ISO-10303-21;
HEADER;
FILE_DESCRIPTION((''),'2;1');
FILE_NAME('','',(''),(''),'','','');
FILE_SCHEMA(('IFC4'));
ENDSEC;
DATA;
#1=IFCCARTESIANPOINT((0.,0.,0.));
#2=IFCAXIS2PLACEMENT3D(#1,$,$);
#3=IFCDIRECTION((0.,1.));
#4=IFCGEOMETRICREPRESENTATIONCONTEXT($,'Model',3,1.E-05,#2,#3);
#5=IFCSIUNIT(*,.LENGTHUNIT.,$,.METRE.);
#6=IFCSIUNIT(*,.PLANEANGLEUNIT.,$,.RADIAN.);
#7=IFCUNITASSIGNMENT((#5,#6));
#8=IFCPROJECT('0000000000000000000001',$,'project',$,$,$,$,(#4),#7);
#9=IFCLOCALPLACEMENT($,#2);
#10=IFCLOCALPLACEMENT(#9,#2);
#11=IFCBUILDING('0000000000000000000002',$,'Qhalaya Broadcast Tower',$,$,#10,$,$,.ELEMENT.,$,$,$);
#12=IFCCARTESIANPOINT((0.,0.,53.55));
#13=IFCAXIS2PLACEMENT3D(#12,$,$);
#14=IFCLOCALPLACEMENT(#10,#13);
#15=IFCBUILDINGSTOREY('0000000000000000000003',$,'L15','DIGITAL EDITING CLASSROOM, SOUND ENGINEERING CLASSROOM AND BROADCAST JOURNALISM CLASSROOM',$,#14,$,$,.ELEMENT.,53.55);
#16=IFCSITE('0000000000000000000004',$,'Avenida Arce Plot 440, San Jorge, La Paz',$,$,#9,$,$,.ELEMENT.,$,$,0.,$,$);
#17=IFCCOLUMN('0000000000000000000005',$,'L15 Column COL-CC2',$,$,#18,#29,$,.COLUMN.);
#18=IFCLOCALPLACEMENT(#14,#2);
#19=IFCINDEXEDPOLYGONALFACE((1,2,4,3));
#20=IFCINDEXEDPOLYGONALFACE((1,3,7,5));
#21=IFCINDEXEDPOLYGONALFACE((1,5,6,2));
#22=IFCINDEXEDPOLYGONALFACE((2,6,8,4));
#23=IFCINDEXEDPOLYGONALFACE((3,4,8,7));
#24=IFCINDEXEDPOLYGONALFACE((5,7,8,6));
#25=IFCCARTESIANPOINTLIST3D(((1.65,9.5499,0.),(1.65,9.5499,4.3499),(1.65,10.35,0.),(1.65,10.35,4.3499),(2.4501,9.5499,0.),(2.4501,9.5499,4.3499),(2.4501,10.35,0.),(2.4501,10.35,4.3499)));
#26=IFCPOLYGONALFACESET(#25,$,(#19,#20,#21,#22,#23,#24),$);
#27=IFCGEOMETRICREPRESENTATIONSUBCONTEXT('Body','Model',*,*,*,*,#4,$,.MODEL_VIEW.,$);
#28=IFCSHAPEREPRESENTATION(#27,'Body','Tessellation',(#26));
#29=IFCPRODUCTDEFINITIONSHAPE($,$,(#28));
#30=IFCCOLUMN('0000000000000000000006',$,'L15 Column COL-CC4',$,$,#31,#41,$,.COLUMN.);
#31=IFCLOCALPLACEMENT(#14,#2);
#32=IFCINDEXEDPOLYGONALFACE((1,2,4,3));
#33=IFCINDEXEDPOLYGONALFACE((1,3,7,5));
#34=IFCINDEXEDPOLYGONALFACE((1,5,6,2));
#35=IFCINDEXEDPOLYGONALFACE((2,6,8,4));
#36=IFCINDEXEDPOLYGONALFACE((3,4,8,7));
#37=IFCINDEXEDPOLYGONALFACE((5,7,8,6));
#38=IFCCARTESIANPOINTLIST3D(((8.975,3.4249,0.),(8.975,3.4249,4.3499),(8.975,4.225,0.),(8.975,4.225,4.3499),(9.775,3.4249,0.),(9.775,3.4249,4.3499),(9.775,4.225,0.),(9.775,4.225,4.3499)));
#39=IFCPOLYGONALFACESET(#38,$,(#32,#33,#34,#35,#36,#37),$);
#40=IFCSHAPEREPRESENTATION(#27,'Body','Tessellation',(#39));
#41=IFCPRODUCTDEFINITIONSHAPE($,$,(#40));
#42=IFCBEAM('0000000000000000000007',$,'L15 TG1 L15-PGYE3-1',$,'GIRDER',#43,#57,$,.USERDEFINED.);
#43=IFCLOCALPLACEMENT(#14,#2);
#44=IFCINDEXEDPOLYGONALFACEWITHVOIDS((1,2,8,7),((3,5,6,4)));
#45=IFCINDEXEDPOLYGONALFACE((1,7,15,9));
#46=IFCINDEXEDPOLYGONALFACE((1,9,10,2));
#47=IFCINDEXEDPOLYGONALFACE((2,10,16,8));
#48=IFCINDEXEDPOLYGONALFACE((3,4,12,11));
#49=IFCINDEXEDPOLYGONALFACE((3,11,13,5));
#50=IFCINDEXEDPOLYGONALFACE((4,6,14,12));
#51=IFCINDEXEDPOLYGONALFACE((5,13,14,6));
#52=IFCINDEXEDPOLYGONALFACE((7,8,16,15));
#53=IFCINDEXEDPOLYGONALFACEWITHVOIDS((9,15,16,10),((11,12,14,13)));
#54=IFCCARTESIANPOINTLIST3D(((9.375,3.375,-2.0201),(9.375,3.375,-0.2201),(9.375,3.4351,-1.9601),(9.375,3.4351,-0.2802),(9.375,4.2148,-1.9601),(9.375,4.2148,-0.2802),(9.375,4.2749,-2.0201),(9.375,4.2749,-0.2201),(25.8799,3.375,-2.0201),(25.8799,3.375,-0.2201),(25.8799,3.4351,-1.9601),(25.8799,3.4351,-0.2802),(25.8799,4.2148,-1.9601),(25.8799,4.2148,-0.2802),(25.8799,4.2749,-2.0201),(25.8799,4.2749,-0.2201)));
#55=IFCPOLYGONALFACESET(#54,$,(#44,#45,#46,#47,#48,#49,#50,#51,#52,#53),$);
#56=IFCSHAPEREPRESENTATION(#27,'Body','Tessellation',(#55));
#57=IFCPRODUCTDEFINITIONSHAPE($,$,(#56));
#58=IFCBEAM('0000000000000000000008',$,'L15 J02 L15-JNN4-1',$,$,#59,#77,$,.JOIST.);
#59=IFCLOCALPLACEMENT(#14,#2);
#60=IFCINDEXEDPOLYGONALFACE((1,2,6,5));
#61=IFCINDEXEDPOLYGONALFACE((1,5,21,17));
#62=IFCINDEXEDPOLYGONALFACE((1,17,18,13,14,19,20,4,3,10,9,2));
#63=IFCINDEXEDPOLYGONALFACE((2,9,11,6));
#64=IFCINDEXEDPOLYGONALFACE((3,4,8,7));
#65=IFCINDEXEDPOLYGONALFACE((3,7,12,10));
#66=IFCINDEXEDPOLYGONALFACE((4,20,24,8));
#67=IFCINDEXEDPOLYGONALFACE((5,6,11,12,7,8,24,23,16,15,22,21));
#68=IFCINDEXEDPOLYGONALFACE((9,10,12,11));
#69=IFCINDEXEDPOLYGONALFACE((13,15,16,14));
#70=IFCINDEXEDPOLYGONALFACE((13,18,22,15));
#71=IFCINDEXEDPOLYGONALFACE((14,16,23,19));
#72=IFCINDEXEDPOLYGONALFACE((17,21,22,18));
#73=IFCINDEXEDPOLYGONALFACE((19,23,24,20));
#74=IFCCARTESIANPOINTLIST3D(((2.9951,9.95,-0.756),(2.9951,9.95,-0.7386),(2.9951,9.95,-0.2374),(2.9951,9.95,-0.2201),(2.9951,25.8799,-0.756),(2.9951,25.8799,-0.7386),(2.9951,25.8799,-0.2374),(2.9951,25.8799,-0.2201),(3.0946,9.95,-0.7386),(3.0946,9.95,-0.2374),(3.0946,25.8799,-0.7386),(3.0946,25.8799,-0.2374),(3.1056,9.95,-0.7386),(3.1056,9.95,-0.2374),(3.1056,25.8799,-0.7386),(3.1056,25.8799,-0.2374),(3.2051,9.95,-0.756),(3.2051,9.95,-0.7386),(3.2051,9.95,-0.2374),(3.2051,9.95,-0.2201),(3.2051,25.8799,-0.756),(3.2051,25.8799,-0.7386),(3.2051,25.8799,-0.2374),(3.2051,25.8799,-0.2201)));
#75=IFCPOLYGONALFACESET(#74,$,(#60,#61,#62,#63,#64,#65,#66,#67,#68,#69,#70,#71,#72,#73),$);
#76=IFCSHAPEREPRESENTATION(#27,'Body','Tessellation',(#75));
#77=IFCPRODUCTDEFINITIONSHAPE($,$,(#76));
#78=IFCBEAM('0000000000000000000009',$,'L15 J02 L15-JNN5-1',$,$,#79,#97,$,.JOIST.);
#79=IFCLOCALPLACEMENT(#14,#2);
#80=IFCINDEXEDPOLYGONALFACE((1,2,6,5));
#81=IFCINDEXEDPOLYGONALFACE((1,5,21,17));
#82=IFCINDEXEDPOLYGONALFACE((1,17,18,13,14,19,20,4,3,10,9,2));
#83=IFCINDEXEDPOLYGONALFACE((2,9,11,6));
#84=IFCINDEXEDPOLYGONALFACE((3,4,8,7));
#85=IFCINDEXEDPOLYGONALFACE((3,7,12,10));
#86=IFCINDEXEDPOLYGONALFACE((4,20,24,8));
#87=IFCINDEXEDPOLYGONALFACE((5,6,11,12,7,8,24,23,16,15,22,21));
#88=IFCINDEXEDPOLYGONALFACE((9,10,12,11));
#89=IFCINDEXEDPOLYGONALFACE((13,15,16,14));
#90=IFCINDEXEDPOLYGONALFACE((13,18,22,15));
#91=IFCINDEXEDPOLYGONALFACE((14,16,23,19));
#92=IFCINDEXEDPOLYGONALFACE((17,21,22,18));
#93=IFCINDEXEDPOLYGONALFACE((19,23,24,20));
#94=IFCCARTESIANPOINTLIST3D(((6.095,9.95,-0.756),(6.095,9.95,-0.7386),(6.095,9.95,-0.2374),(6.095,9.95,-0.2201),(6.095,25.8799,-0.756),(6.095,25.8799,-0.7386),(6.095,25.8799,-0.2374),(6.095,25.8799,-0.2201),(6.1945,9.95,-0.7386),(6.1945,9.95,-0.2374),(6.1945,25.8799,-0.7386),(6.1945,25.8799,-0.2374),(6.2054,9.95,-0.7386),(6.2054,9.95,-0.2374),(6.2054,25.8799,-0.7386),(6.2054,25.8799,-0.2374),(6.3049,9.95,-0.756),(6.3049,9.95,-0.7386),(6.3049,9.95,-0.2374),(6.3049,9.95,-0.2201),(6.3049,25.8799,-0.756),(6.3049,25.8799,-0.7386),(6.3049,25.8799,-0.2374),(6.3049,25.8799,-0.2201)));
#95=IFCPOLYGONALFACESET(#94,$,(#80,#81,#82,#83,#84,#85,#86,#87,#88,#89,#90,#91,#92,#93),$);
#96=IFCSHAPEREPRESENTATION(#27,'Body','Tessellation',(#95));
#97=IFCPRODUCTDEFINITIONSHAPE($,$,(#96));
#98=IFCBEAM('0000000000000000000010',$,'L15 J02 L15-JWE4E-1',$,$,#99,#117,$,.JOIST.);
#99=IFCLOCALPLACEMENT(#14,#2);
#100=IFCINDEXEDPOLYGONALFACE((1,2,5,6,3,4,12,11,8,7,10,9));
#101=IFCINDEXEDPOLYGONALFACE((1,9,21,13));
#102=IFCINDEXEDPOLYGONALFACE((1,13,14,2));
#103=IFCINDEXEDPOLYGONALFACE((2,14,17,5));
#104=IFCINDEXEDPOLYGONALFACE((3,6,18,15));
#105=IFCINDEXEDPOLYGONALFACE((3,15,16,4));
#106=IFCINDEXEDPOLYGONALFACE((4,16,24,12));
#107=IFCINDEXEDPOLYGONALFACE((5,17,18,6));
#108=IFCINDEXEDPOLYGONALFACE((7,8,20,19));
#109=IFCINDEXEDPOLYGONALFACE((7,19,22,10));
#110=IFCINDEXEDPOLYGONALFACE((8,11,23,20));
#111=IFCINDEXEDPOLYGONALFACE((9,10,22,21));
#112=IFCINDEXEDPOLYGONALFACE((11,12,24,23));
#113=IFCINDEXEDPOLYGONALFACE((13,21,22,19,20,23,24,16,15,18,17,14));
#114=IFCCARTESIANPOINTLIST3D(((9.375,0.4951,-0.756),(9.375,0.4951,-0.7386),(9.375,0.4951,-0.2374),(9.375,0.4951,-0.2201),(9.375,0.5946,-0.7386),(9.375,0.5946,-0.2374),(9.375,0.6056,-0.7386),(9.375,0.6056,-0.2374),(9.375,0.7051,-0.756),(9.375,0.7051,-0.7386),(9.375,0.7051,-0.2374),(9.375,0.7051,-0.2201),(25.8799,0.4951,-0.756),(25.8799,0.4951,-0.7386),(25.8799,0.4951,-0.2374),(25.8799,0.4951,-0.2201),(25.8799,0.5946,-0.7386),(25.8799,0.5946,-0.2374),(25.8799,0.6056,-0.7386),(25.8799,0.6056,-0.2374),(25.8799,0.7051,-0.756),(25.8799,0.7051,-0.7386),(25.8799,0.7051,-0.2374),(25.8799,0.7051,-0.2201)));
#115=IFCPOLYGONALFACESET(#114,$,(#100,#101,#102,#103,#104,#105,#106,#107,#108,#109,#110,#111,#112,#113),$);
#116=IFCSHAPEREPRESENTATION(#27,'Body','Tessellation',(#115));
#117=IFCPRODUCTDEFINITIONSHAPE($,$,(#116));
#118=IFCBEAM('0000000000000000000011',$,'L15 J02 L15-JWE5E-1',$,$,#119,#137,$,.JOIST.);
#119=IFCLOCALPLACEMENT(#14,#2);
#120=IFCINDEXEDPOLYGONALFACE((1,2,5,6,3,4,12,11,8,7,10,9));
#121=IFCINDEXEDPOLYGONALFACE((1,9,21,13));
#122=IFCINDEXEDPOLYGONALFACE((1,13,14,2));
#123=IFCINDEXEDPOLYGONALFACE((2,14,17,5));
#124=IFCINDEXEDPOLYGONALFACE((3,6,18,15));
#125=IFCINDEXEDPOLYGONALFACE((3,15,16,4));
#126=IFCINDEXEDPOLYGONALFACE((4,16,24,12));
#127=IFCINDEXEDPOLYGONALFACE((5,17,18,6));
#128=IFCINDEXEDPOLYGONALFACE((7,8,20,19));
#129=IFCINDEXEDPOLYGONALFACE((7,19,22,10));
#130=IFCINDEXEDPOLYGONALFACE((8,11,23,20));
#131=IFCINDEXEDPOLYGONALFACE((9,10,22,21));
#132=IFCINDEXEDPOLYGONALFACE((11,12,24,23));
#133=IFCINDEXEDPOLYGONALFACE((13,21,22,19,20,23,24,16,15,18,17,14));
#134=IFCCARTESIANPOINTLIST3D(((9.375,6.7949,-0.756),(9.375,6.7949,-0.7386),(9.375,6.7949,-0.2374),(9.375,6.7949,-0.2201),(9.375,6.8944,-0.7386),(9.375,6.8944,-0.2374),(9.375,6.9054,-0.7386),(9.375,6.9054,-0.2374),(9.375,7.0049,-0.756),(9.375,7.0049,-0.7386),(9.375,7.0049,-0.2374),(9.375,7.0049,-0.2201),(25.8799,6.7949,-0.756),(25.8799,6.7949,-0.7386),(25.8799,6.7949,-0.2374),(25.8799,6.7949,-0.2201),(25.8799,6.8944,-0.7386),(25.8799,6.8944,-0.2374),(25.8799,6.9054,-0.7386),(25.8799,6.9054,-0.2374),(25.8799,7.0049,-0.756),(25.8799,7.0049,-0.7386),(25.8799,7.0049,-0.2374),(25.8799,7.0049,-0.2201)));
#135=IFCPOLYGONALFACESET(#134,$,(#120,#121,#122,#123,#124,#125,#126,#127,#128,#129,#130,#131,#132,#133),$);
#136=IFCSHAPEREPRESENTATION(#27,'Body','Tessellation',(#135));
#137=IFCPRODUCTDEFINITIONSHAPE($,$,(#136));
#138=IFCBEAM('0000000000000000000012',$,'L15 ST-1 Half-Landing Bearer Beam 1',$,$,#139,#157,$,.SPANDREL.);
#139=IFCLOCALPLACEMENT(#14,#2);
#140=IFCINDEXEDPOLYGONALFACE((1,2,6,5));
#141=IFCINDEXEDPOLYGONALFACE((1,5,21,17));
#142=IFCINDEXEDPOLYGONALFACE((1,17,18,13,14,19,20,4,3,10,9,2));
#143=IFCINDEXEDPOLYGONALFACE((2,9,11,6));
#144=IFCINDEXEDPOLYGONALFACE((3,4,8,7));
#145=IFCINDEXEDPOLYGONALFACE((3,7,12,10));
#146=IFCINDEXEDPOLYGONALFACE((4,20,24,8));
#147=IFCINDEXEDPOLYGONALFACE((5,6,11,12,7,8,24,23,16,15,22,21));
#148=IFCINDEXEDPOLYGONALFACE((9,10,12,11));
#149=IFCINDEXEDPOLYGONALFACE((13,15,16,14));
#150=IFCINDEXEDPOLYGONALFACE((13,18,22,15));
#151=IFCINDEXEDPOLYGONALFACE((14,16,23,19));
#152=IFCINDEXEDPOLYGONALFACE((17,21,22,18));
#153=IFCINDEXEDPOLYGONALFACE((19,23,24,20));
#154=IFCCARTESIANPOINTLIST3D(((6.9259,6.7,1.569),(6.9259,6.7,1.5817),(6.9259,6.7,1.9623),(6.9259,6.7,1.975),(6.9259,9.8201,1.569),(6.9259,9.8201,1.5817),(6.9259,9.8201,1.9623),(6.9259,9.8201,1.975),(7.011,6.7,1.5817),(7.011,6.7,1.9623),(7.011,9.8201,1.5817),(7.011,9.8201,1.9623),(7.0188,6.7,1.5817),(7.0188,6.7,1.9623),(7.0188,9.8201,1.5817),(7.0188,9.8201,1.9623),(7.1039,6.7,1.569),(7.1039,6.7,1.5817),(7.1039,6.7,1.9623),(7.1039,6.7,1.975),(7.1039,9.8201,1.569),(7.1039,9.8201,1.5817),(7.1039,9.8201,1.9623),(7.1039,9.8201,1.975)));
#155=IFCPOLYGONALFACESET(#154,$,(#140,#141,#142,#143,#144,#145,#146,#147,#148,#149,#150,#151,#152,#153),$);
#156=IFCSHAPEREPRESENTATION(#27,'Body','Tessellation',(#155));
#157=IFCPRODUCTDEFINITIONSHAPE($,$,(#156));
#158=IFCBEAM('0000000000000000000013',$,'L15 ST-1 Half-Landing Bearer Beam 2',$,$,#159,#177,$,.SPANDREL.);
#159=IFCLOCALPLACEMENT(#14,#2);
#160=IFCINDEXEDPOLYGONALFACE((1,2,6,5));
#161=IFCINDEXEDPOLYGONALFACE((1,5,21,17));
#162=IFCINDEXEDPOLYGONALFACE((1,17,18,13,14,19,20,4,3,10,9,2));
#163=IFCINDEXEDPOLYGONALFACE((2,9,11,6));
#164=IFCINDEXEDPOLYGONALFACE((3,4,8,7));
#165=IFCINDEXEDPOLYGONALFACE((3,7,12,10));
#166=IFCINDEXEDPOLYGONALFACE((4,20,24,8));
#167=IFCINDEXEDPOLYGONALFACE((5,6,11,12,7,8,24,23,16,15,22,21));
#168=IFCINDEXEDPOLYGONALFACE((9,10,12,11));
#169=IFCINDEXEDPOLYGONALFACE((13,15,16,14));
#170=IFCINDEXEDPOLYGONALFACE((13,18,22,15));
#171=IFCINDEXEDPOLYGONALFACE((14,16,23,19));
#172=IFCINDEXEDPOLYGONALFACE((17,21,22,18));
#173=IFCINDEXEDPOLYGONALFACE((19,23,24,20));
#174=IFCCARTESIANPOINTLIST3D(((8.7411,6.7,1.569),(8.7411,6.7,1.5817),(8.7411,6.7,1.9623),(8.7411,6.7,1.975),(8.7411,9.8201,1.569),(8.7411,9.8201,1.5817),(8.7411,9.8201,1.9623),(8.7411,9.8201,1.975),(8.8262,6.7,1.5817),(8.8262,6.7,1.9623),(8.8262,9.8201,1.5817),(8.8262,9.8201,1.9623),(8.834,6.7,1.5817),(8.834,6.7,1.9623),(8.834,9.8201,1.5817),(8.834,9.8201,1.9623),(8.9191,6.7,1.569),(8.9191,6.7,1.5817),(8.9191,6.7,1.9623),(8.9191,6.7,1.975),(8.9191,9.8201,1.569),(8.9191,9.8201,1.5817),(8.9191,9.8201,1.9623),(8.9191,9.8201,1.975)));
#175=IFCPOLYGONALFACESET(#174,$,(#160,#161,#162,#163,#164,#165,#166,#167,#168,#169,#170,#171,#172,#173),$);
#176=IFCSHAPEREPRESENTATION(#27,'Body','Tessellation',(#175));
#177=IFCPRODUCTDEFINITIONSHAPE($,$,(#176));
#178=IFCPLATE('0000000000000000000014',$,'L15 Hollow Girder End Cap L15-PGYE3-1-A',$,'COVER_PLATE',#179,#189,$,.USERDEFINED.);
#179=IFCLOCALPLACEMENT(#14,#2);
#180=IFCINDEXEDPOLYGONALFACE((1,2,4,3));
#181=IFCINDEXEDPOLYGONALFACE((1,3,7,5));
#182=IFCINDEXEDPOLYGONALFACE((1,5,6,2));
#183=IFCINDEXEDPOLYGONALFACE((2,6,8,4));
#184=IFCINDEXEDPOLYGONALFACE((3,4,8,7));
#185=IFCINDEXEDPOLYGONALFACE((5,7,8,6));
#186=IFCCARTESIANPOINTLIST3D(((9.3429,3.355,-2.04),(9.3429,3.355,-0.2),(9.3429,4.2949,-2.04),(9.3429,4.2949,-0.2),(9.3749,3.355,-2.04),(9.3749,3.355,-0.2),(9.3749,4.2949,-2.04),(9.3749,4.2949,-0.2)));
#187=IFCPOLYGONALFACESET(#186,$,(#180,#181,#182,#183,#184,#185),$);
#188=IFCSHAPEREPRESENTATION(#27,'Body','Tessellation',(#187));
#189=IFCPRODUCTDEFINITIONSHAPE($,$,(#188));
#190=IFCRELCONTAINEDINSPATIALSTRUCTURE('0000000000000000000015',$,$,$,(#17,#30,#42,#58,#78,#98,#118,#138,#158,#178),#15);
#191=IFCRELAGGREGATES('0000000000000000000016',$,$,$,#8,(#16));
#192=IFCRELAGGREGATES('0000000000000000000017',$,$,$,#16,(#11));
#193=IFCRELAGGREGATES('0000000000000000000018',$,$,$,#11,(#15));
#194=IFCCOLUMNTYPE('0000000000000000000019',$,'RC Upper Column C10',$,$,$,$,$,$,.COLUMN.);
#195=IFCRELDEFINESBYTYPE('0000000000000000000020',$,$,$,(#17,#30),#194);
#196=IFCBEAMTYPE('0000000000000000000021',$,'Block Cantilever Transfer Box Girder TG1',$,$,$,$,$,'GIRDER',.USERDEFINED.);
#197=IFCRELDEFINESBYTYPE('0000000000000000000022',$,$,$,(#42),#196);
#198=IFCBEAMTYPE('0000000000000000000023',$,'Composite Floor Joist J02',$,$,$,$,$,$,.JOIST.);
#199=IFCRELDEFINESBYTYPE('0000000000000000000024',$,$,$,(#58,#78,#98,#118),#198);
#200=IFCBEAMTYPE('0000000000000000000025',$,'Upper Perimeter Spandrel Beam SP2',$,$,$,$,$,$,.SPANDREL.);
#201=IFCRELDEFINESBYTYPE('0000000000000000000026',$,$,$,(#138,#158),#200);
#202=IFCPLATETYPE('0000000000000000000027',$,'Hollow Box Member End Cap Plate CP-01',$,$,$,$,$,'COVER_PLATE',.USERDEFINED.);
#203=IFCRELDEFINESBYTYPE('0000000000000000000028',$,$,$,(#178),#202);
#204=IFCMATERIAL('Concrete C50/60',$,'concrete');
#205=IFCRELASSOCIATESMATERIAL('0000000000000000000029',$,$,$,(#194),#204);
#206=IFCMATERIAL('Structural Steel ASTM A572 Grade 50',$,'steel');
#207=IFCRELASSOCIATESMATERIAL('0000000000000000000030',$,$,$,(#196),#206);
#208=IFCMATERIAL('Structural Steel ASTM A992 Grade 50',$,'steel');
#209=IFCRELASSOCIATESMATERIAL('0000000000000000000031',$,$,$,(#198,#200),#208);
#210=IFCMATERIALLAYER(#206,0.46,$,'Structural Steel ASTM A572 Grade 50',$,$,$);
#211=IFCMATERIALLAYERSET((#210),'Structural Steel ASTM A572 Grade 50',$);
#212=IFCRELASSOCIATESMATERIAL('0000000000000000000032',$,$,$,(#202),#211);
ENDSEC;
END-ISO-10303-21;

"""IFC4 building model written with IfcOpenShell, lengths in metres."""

from ifc_helpers import new_model, si_unit, direction, frame, origin, origin_2d, place, context, subcontext, project, spatial, rectangle, hollow_rectangle, i_section, extrude, material, layer, layer_set, material_profile, profile_set, type_object, element, save


model = new_model("IFC4")

# Units and contexts
model_context = context("Model", 3, precision=1e-05, world=origin(), true_north=direction((0.0, 1.0)))
body_context = subcontext(model_context, "Body", "Model", "MODEL_VIEW")
ifc_project = project(units=[si_unit("LENGTHUNIT", "METRE"), si_unit("PLANEANGLEUNIT", "RADIAN")], contexts=[model_context])

# Site, building, storey
site_placement = place(None, origin())
site = spatial("IfcSite", under=ifc_project, at=site_placement, Name="Avenida Arce Plot 440, San Jorge, La Paz", CompositionType="ELEMENT", RefElevation=0.0)
building_placement = place(site_placement, origin())
building = spatial("IfcBuilding", under=site, at=building_placement, Name="Qhalaya Broadcast Tower", CompositionType="ELEMENT")
storey_placement = place(building_placement, frame((0.0, 0.0, 53.55)))
storey = spatial("IfcBuildingStorey", under=building, at=storey_placement, Name="L15", Description="DIGITAL EDITING CLASSROOM, SOUND ENGINEERING CLASSROOM AND BROADCAST JOURNALISM CLASSROOM", CompositionType="ELEMENT", Elevation=53.55)

# Columns
ifc_material_1 = material(Name="Concrete C50/60", Category="concrete")
ifc_material_profile_1 = material_profile(ifc_material_1, rectangle(XDim=0.8, YDim=0.8, at=origin_2d()), Name="RC-COL 800x800")
ifc_profile_set_1 = profile_set([ifc_material_profile_1], Name="Concrete C50/60")
column_type = type_object("IfcColumnType", Name="RC Upper Column C10", PredefinedType="COLUMN", material=ifc_profile_set_1)
for number, where, z_axis, x_axis, name in (
    (1, (2.05, 9.95, 0.0), (0.0, 0.0, 1.0), (1.0, 0.0, 0.0), "L15 Column COL-CC2"),
    (2, (9.375, 3.825, 0.0), (0.0, 0.0, 1.0), (1.0, 0.0, 0.0), "L15 Column COL-CC4"),
):
    element("IfcColumn", number, at=place(storey_placement, frame(where, z_axis=z_axis, x_axis=x_axis)), inside=storey, type_object=column_type, Name=name, PredefinedType="COLUMN", context=body_context, shape_type="SweptSolid", body=[
        extrude(rectangle(XDim=0.8, YDim=0.8, at=origin_2d()), origin(), (0.0, 0.0, 1.0), 4.3499),
    ])

# Beams
ifc_material_2 = material(Name="Structural Steel ASTM A572 Grade 50", Category="steel")
ifc_material_profile_2 = material_profile(ifc_material_2, hollow_rectangle(XDim=0.8999, YDim=1.8, WallThickness=0.0601, at=origin_2d()), Name="BOX 900x1800x60")
ifc_profile_set_2 = profile_set([ifc_material_profile_2], Name="Structural Steel ASTM A572 Grade 50")
beam_type_1 = type_object("IfcBeamType", Name="Block Cantilever Transfer Box Girder TG1", ElementType="GIRDER", PredefinedType="USERDEFINED", material=ifc_profile_set_2)
beam_placement = place(storey_placement, frame((9.375, 3.825, -1.1201), z_axis=(1.0, 0.0, 0.0), x_axis=(0.0, 1.0, 0.0)))
element("IfcBeam", 3, at=beam_placement, inside=storey, type_object=beam_type_1, Name="L15 TG1 L15-PGYE3-1", ObjectType="GIRDER", PredefinedType="USERDEFINED", context=body_context, shape_type="SweptSolid", body=[
    extrude(hollow_rectangle(XDim=0.8999, YDim=1.8, WallThickness=0.0601, at=origin_2d()), origin(), (0.0, 0.0, 1.0), 16.5049),
])
ifc_material_3 = material(Name="Structural Steel ASTM A992 Grade 50", Category="steel")
ifc_material_profile_3 = material_profile(ifc_material_3, i_section(OverallWidth=0.21, OverallDepth=0.5359, WebThickness=0.011, FlangeThickness=0.0173, at=origin_2d()), Name="W21X68")
ifc_profile_set_3 = profile_set([ifc_material_profile_3], Name="Structural Steel ASTM A992 Grade 50")
beam_type_2 = type_object("IfcBeamType", Name="Composite Floor Joist J02", PredefinedType="JOIST", material=ifc_profile_set_3)
for number, where, z_axis, x_axis, name in (
    (4, (3.1001, 9.95, -0.488), (0.0, 1.0, 0.0), (-1.0, 0.0, 0.0), "L15 J02 L15-JNN4-1"),
    (5, (6.2, 9.95, -0.488), (0.0, 1.0, 0.0), (-1.0, 0.0, 0.0), "L15 J02 L15-JNN5-1"),
):
    element("IfcBeam", number, at=place(storey_placement, frame(where, z_axis=z_axis, x_axis=x_axis)), inside=storey, type_object=beam_type_2, Name=name, PredefinedType="JOIST", context=body_context, shape_type="SweptSolid", body=[
        extrude(i_section(OverallWidth=0.21, OverallDepth=0.5359, WebThickness=0.011, FlangeThickness=0.0173, at=origin_2d()), origin(), (0.0, 0.0, 1.0), 15.9299),
    ])
for number, where, z_axis, x_axis, name in (
    (6, (9.375, 0.6001, -0.488), (1.0, 0.0, 0.0), (0.0, 1.0, 0.0), "L15 J02 L15-JWE4E-1"),
    (7, (9.375, 6.8999, -0.488), (1.0, 0.0, 0.0), (0.0, 1.0, 0.0), "L15 J02 L15-JWE5E-1"),
):
    element("IfcBeam", number, at=place(storey_placement, frame(where, z_axis=z_axis, x_axis=x_axis)), inside=storey, type_object=beam_type_2, Name=name, PredefinedType="JOIST", context=body_context, shape_type="SweptSolid", body=[
        extrude(i_section(OverallWidth=0.21, OverallDepth=0.5359, WebThickness=0.011, FlangeThickness=0.0173, at=origin_2d()), origin(), (0.0, 0.0, 1.0), 16.5049),
    ])
ifc_material_profile_4 = material_profile(ifc_material_3, i_section(OverallWidth=0.178, OverallDepth=0.406, WebThickness=0.0078, FlangeThickness=0.0127, at=origin_2d()), Name="W16X40")
ifc_profile_set_4 = profile_set([ifc_material_profile_4], Name="Structural Steel ASTM A992 Grade 50")
beam_type_3 = type_object("IfcBeamType", Name="Upper Perimeter Spandrel Beam SP2", PredefinedType="SPANDREL", material=ifc_profile_set_4)
for number, where, z_axis, x_axis, name in (
    (8, (7.0149, 6.7, 1.772), (0.0, 1.0, 0.0), (-1.0, 0.0, 0.0), "L15 ST-1 Half-Landing Bearer Beam 1"),
    (9, (8.8301, 6.7, 1.772), (0.0, 1.0, 0.0), (-1.0, 0.0, 0.0), "L15 ST-1 Half-Landing Bearer Beam 2"),
):
    element("IfcBeam", number, at=place(storey_placement, frame(where, z_axis=z_axis, x_axis=x_axis)), inside=storey, type_object=beam_type_3, Name=name, PredefinedType="SPANDREL", context=body_context, shape_type="SweptSolid", body=[
        extrude(i_section(OverallWidth=0.178, OverallDepth=0.406, WebThickness=0.0078, FlangeThickness=0.0127, at=origin_2d()), origin(), (0.0, 0.0, 1.0), 3.1201),
    ])

# Plate
ifc_layer_1 = layer(ifc_material_2, 0.46, Name="Structural Steel ASTM A572 Grade 50")
ifc_layer_set_1 = layer_set([ifc_layer_1], Name="Structural Steel ASTM A572 Grade 50")
plate_type = type_object("IfcPlateType", Name="Hollow Box Member End Cap Plate CP-01", ElementType="COVER_PLATE", PredefinedType="USERDEFINED", material=ifc_layer_set_1)
for number, where, z_axis, x_axis, name in (
    (10, (9.3589, 3.825, -2.04), (0.0, 0.0, 1.0), (0.0, 1.0, 0.0), "L15 Hollow Girder End Cap L15-PGYE3-1-A"),
):
    element("IfcPlate", number, at=place(storey_placement, frame(where, z_axis=z_axis, x_axis=x_axis)), inside=storey, type_object=plate_type, Name=name, ObjectType="COVER_PLATE", PredefinedType="USERDEFINED", context=body_context, shape_type="SweptSolid", body=[
        extrude(rectangle(XDim=0.9399, YDim=0.032, at=origin_2d()), origin(), (0.0, 0.0, 1.0), 1.8401),
    ])

save(model, "model.ifc")
